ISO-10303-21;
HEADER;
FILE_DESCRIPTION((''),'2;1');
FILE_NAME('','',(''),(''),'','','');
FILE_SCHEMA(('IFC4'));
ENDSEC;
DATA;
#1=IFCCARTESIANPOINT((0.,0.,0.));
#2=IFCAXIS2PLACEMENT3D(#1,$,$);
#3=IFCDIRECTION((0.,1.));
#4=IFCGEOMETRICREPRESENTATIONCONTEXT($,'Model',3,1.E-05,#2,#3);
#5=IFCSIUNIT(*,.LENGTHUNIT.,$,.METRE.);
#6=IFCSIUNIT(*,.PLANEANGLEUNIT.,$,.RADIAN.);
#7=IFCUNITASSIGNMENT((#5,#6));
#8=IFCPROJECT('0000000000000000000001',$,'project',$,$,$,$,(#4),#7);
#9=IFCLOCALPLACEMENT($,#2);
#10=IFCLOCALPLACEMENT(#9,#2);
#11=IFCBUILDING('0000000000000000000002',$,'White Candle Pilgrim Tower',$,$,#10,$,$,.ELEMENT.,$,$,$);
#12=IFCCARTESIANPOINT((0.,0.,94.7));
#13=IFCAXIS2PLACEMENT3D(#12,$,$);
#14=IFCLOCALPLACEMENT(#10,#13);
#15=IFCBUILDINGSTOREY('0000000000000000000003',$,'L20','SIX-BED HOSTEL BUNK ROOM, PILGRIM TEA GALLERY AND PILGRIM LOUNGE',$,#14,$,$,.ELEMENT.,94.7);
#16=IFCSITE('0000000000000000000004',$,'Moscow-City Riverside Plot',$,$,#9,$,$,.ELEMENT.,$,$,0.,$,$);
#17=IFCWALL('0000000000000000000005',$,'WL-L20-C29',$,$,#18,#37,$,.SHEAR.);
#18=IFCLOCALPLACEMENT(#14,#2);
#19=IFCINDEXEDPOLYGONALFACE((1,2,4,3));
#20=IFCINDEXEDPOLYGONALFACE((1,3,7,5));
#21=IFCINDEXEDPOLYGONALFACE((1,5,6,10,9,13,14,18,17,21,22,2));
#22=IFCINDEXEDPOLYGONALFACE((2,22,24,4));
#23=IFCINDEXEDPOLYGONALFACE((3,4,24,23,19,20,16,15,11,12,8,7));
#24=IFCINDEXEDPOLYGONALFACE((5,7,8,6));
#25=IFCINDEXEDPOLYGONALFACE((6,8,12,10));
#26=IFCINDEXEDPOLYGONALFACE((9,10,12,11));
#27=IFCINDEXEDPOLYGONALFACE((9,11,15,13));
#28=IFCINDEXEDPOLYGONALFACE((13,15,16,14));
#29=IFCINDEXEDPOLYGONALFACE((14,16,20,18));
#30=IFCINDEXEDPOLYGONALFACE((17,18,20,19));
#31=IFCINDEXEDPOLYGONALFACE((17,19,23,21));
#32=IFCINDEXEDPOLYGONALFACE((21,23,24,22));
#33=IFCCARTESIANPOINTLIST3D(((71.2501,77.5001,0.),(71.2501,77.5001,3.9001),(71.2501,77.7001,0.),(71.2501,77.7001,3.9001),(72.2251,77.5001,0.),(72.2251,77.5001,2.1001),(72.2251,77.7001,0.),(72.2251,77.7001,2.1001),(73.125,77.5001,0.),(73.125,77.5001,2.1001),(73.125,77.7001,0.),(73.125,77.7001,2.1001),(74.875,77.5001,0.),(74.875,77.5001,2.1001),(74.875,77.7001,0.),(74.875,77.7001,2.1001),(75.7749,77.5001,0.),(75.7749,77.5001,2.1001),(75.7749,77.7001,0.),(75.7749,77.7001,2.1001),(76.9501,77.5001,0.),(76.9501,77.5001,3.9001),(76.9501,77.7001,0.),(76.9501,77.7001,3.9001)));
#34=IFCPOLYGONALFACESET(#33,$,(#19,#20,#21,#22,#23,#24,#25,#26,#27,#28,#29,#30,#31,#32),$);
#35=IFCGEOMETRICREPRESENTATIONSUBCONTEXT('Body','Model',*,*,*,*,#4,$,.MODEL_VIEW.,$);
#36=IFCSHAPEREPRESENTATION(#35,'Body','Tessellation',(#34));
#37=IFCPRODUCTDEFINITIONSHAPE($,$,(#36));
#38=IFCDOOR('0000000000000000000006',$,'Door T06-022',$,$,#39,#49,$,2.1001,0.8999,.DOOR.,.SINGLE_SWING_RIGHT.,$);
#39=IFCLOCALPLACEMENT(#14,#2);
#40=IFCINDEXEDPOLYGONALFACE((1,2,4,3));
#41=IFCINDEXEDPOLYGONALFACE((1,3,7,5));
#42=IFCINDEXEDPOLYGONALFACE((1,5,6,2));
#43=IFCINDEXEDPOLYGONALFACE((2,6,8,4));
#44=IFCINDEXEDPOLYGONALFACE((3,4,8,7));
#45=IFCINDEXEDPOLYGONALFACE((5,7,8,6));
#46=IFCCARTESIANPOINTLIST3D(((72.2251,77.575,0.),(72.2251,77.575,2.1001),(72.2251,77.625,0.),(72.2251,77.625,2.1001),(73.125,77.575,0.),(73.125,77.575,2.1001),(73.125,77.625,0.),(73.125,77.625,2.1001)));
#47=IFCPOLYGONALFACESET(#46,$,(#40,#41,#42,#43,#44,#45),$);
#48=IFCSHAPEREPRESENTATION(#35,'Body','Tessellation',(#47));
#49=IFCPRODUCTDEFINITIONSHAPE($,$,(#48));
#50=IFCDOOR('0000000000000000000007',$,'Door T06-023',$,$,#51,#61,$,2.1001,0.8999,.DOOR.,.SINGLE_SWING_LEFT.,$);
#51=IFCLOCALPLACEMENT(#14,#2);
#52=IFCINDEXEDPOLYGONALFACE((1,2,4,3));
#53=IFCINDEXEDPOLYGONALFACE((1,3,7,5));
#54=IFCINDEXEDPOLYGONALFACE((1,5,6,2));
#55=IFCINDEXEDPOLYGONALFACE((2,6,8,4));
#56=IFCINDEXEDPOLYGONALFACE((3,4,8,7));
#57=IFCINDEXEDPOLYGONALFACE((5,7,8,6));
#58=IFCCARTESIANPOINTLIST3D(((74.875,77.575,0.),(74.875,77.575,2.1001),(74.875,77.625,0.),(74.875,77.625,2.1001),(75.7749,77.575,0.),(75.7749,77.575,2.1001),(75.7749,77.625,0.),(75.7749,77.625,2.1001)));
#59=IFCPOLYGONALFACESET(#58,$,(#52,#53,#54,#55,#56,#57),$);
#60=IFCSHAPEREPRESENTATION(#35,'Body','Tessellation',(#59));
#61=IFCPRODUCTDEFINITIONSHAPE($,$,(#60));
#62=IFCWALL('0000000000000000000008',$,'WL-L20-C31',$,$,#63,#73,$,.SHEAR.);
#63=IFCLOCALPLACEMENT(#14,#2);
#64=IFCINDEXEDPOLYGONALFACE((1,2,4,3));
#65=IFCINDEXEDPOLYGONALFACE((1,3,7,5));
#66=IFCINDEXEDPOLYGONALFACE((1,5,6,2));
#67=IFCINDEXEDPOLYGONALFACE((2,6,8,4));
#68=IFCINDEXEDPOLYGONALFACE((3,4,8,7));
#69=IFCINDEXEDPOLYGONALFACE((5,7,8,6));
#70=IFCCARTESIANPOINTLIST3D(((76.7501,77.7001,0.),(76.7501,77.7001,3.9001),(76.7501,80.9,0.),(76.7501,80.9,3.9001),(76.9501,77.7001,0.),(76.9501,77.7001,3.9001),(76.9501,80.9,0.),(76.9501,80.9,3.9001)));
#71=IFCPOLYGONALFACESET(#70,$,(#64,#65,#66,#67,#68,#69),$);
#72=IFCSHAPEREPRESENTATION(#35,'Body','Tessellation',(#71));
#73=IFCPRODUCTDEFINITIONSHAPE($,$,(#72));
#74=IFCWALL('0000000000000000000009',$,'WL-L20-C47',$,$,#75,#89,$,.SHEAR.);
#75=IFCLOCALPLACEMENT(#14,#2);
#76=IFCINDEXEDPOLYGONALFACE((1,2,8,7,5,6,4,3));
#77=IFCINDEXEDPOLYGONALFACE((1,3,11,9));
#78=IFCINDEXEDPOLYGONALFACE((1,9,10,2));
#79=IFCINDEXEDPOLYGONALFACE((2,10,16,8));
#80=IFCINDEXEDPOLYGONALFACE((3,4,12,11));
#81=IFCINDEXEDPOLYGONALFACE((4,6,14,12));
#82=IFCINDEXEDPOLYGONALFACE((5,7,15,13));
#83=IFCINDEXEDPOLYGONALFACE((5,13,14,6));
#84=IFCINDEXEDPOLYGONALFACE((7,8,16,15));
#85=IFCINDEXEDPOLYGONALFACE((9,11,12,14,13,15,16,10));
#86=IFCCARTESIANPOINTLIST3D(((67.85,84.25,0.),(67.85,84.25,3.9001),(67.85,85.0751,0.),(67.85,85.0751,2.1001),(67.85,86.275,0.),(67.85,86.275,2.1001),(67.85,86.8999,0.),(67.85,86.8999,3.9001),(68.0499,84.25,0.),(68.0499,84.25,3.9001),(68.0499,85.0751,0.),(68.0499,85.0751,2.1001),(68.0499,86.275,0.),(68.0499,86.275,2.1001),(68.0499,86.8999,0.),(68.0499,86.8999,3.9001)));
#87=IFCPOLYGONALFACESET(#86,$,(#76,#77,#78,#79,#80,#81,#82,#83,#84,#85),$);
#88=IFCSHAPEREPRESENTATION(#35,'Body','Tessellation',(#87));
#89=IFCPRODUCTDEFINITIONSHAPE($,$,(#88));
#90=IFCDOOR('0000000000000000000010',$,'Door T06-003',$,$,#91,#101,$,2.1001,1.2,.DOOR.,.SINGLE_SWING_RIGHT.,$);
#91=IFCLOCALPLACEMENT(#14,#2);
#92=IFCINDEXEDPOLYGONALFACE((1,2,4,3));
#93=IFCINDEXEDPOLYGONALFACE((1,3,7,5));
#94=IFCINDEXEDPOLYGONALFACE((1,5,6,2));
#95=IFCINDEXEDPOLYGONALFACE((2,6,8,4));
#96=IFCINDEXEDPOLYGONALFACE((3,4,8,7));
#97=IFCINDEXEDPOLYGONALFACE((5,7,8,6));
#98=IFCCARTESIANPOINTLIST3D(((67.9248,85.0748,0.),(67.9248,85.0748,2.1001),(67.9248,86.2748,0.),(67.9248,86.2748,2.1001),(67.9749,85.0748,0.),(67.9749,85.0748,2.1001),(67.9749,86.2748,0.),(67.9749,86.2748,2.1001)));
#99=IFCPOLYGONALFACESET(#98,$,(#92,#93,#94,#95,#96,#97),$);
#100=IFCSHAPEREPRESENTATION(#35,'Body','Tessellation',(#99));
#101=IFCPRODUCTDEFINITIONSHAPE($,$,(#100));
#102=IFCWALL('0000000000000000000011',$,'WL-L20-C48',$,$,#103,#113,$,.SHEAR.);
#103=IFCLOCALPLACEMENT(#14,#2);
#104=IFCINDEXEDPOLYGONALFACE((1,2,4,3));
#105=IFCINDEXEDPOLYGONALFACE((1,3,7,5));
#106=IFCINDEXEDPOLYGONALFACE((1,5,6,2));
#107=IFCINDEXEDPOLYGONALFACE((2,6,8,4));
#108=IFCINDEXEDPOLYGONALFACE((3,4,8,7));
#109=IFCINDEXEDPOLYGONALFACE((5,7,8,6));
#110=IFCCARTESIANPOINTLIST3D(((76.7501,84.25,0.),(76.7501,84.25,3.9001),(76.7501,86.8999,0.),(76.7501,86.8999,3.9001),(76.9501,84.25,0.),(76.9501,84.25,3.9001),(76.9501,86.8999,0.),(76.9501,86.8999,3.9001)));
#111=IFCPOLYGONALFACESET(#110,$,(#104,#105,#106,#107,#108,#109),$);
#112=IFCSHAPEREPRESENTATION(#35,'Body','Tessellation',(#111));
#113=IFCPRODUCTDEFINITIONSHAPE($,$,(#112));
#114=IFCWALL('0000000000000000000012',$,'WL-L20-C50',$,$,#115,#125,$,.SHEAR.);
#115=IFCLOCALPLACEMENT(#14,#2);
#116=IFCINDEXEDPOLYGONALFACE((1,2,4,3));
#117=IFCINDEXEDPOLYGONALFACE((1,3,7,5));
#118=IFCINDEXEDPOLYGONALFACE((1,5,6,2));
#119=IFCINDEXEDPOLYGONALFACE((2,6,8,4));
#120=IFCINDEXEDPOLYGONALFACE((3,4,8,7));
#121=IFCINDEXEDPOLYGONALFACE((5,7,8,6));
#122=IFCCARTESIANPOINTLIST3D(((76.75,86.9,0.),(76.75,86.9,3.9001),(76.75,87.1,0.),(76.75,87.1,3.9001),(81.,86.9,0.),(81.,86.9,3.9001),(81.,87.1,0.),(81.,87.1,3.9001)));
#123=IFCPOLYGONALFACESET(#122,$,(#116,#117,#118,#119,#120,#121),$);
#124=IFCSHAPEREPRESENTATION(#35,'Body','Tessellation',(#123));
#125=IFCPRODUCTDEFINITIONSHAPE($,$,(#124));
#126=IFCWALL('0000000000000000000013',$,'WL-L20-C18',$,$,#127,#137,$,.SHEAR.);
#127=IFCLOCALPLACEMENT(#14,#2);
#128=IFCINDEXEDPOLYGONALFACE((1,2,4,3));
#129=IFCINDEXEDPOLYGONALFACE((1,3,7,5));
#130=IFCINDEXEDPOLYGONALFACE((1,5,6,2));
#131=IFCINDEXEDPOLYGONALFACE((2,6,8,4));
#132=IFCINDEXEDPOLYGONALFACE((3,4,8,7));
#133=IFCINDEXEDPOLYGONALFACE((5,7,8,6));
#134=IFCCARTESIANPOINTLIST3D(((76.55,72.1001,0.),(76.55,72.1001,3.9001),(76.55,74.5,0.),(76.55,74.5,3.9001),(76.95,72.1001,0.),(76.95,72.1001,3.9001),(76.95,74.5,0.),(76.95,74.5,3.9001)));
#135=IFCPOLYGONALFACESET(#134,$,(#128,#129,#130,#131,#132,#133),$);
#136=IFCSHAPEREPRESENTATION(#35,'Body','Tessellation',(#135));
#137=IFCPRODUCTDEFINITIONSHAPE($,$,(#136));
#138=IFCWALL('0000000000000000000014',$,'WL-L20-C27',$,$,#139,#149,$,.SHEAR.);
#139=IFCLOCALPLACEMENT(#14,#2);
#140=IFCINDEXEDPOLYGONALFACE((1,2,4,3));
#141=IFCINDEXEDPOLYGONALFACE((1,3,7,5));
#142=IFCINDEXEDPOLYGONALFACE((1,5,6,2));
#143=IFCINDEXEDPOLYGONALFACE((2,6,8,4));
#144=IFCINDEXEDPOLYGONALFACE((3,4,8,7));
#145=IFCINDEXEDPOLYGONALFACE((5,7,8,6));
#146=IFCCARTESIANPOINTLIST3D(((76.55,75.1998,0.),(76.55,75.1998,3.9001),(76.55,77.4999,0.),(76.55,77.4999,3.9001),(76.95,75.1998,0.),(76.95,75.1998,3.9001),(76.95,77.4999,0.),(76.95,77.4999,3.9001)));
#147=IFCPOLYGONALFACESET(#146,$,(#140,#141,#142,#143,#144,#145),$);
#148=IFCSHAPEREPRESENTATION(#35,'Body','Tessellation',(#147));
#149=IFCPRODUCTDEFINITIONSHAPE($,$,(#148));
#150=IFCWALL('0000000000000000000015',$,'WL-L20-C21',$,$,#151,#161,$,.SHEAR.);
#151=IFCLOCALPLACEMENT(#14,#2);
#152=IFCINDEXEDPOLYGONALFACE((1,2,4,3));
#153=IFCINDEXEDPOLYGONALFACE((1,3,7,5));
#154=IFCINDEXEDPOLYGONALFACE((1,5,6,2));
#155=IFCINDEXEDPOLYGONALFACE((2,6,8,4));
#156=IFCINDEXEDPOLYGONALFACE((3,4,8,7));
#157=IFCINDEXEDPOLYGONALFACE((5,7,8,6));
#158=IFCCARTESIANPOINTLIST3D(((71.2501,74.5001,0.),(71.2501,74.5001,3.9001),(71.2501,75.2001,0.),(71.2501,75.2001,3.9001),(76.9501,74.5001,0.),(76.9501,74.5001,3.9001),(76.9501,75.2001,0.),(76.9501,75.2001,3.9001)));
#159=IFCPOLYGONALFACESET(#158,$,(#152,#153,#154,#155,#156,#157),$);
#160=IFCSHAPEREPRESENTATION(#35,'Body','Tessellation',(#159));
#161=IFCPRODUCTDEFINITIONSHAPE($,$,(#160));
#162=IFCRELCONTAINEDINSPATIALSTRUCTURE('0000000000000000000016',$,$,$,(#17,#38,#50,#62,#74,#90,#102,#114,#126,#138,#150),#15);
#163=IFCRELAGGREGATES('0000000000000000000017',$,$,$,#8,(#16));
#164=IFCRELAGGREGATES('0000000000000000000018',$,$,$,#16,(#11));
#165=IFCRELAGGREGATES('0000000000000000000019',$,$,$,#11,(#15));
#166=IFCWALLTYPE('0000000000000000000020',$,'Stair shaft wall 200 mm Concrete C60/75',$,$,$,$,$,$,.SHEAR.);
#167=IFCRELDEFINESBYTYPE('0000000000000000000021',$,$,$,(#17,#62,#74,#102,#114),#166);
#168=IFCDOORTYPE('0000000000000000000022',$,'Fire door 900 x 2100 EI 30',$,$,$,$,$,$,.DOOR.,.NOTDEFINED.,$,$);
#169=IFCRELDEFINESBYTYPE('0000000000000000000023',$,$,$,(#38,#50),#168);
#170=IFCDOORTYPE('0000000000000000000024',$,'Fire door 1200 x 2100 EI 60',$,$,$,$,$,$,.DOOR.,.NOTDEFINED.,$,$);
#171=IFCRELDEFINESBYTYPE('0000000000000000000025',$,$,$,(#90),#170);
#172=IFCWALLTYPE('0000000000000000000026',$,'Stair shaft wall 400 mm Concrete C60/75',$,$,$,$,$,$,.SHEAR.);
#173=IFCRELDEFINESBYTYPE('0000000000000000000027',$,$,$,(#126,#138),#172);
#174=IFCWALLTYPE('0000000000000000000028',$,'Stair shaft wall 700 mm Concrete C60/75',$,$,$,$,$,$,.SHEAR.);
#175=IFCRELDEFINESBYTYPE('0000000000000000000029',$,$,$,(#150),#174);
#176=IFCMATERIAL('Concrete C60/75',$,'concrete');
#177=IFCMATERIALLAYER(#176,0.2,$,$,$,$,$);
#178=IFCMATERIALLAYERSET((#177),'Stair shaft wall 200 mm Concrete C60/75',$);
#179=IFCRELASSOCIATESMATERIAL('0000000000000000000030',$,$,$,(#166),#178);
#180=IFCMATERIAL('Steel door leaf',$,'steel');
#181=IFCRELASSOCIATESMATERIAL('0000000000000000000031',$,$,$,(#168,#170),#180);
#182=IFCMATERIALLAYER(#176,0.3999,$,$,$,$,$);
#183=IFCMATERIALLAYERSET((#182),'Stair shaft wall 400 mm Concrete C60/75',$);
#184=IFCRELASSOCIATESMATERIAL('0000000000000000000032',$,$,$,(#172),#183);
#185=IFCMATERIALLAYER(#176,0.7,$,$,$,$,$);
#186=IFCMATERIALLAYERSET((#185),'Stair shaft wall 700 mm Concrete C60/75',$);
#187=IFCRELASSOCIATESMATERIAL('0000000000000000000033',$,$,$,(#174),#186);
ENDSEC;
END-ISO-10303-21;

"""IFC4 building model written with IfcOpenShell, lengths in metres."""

from ifc_helpers import new_model, si_unit, direction, frame, frame_2d, origin, place, context, subcontext, project, spatial, rectangle, extrude, material, layer, layer_set, type_object, element, fill, save


model = new_model("IFC4")

# Units and contexts
model_context = context("Model", 3, precision=1e-05, world=origin(), true_north=direction((0.0, 1.0)))
body_context = subcontext(model_context, "Body", "Model", "MODEL_VIEW")
ifc_project = project(units=[si_unit("LENGTHUNIT", "METRE"), si_unit("PLANEANGLEUNIT", "RADIAN")], contexts=[model_context])

# Site, building, storey
site_placement = place(None, origin())
site = spatial("IfcSite", under=ifc_project, at=site_placement, Name="Moscow-City Riverside Plot", CompositionType="ELEMENT", RefElevation=0.0)
building_placement = place(site_placement, origin())
building = spatial("IfcBuilding", under=site, at=building_placement, Name="White Candle Pilgrim Tower", CompositionType="ELEMENT")
storey_placement = place(building_placement, frame((0.0, 0.0, 94.7)))
storey = spatial("IfcBuildingStorey", under=building, at=storey_placement, Name="L20", Description="SIX-BED HOSTEL BUNK ROOM, PILGRIM TEA GALLERY AND PILGRIM LOUNGE", CompositionType="ELEMENT", Elevation=94.7)

# Shared definitions
ifc_material_1 = material(Name="Concrete C60/75", Category="concrete")

# Wall, openings, doors
ifc_layer_1 = layer(ifc_material_1, 0.2)
ifc_layer_set_1 = layer_set([ifc_layer_1], Name="Stair shaft wall 200 mm Concrete C60/75")
wall_type_1 = type_object("IfcWallType", Name="Stair shaft wall 200 mm Concrete C60/75", PredefinedType="SHEAR", material=ifc_layer_set_1)
wall_1_placement = place(storey_placement, frame((71.25, 77.6001, 0.0), z_axis=(0.0, 0.0, 1.0), x_axis=(1.0, 0.0, 0.0)))
wall_1 = element("IfcWall", 1, at=wall_1_placement, inside=storey, type_object=wall_type_1, Name="WL-L20-C29", PredefinedType="SHEAR", context=body_context, shape_type="SweptSolid", body=[
    extrude(rectangle(XDim=5.7, YDim=0.2, at=frame_2d((2.8501, 0.0))), origin(), (0.0, 0.0, 1.0), 3.9001),
])
opening_1_placement = place(wall_1_placement, frame((0.9751, 0.0, 0.0)))
opening_1 = element("IfcOpeningElement", 2, at=opening_1_placement, cuts=wall_1, PredefinedType="OPENING", context=body_context, shape_type="SweptSolid", body=[
    extrude(rectangle(XDim=0.8999, YDim=2.1001, at=frame_2d((0.45, 1.05))), frame((0.0, 0.1099, 0.0), z_axis=(0.0, -1.0, 0.0), x_axis=(1.0, 0.0, 0.0)), (0.0, 0.0, 1.0), 0.22),
])
opening_2_placement = place(wall_1_placement, frame((3.625, 0.0, 0.0)))
opening_2 = element("IfcOpeningElement", 3, at=opening_2_placement, cuts=wall_1, PredefinedType="OPENING", context=body_context, shape_type="SweptSolid", body=[
    extrude(rectangle(XDim=0.8999, YDim=2.1001, at=frame_2d((0.45, 1.05))), frame((0.0, 0.1099, 0.0), z_axis=(0.0, -1.0, 0.0), x_axis=(1.0, 0.0, 0.0)), (0.0, 0.0, 1.0), 0.22),
])
ifc_material_2 = material(Name="Steel door leaf", Category="steel")
door_type_1 = type_object("IfcDoorType", Name="Fire door 900 x 2100 EI 30", OperationType="NOTDEFINED", PredefinedType="DOOR", material=ifc_material_2)
door_1_placement = place(opening_1_placement, origin())
door_1 = element("IfcDoor", 4, at=door_1_placement, inside=storey, type_object=door_type_1, Name="Door T06-022", OperationType="SINGLE_SWING_RIGHT", OverallHeight=2.1001, OverallWidth=0.8999, PredefinedType="DOOR", context=body_context, shape_type="SweptSolid", body=[
    extrude(rectangle(XDim=0.8999, YDim=2.1001, at=frame_2d((0.45, 1.05))), frame((0.0, 0.0249, 0.0), z_axis=(0.0, -1.0, 0.0), x_axis=(1.0, 0.0, 0.0)), (0.0, 0.0, 1.0), 0.05),
])
fill(opening_1, door_1)
door_2_placement = place(opening_2_placement, origin())
door_2 = element("IfcDoor", 5, at=door_2_placement, inside=storey, type_object=door_type_1, Name="Door T06-023", OperationType="SINGLE_SWING_LEFT", OverallHeight=2.1001, OverallWidth=0.8999, PredefinedType="DOOR", context=body_context, shape_type="SweptSolid", body=[
    extrude(rectangle(XDim=0.8999, YDim=2.1001, at=frame_2d((0.45, 1.05))), frame((0.0, 0.0249, 0.0), z_axis=(0.0, -1.0, 0.0), x_axis=(1.0, 0.0, 0.0)), (0.0, 0.0, 1.0), 0.05),
])
fill(opening_2, door_2)

# Wall
wall_2_placement = place(storey_placement, frame((76.8501, 77.7, 0.0), z_axis=(0.0, 0.0, 1.0), x_axis=(0.0, 1.0, 0.0)))
element("IfcWall", 6, at=wall_2_placement, inside=storey, type_object=wall_type_1, Name="WL-L20-C31", PredefinedType="SHEAR", context=body_context, shape_type="SweptSolid", body=[
    extrude(rectangle(XDim=3.2, YDim=0.2, at=frame_2d((1.6001, 0.0))), origin(), (0.0, 0.0, 1.0), 3.9001),
])

# Wall, opening, door
wall_3_placement = place(storey_placement, frame((67.95, 84.25, 0.0), z_axis=(0.0, 0.0, 1.0), x_axis=(0.0, 1.0, 0.0)))
wall_3 = element("IfcWall", 7, at=wall_3_placement, inside=storey, type_object=wall_type_1, Name="WL-L20-C47", PredefinedType="SHEAR", context=body_context, shape_type="SweptSolid", body=[
    extrude(rectangle(XDim=2.6499, YDim=0.2, at=frame_2d((1.325, 0.0))), origin(), (0.0, 0.0, 1.0), 3.9001),
])
opening_3_placement = place(wall_3_placement, frame((0.825, 0.0, 0.0)))
opening_3 = element("IfcOpeningElement", 8, at=opening_3_placement, cuts=wall_3, PredefinedType="OPENING", context=body_context, shape_type="SweptSolid", body=[
    extrude(rectangle(XDim=1.2, YDim=2.1001, at=frame_2d((0.6001, 1.05))), frame((0.0, 0.1099, 0.0), z_axis=(0.0, -1.0, 0.0), x_axis=(1.0, 0.0, 0.0)), (0.0, 0.0, 1.0), 0.22),
])
door_type_2 = type_object("IfcDoorType", Name="Fire door 1200 x 2100 EI 60", OperationType="NOTDEFINED", PredefinedType="DOOR", material=ifc_material_2)
door_3_placement = place(opening_3_placement, frame((1.2, 0.0, 0.0), z_axis=(0.0, 0.0, 1.0), x_axis=(-1.0, 0.0, 0.0)))
door_3 = element("IfcDoor", 9, at=door_3_placement, inside=storey, type_object=door_type_2, Name="Door T06-003", OperationType="SINGLE_SWING_RIGHT", OverallHeight=2.1001, OverallWidth=1.2, PredefinedType="DOOR", context=body_context, shape_type="SweptSolid", body=[
    extrude(rectangle(XDim=1.2, YDim=2.1001, at=frame_2d((0.6001, 1.05))), frame((0.0, 0.0249, 0.0), z_axis=(0.0, -1.0, 0.0), x_axis=(1.0, 0.0, 0.0)), (0.0, 0.0, 1.0), 0.05),
])
fill(opening_3, door_3)

# Walls
wall_4_placement = place(storey_placement, frame((76.8501, 84.25, 0.0), z_axis=(0.0, 0.0, 1.0), x_axis=(0.0, 1.0, 0.0)))
element("IfcWall", 10, at=wall_4_placement, inside=storey, type_object=wall_type_1, Name="WL-L20-C48", PredefinedType="SHEAR", context=body_context, shape_type="SweptSolid", body=[
    extrude(rectangle(XDim=2.6499, YDim=0.2, at=frame_2d((1.325, 0.0))), origin(), (0.0, 0.0, 1.0), 3.9001),
])
wall_5_placement = place(storey_placement, frame((76.75, 87.0, 0.0), z_axis=(0.0, 0.0, 1.0), x_axis=(1.0, 0.0, 0.0)))
element("IfcWall", 11, at=wall_5_placement, inside=storey, type_object=wall_type_1, Name="WL-L20-C50", PredefinedType="SHEAR", context=body_context, shape_type="SweptSolid", body=[
    extrude(rectangle(XDim=4.25, YDim=0.2, at=frame_2d((2.125, 0.0))), origin(), (0.0, 0.0, 1.0), 3.9001),
])
ifc_layer_2 = layer(ifc_material_1, 0.3999)
ifc_layer_set_2 = layer_set([ifc_layer_2], Name="Stair shaft wall 400 mm Concrete C60/75")
wall_type_2 = type_object("IfcWallType", Name="Stair shaft wall 400 mm Concrete C60/75", PredefinedType="SHEAR", material=ifc_layer_set_2)
wall_6_placement = place(storey_placement, frame((76.75, 72.1001, 0.0), z_axis=(0.0, 0.0, 1.0), x_axis=(0.0, 1.0, 0.0)))
element("IfcWall", 12, at=wall_6_placement, inside=storey, type_object=wall_type_2, Name="WL-L20-C18", PredefinedType="SHEAR", context=body_context, shape_type="SweptSolid", body=[
    extrude(rectangle(XDim=2.3999, YDim=0.3999, at=frame_2d((1.2, 0.0))), origin(), (0.0, 0.0, 1.0), 3.9001),
])
wall_7_placement = place(storey_placement, frame((76.75, 75.2, 0.0), z_axis=(0.0, 0.0, 1.0), x_axis=(0.0, 1.0, 0.0)))
element("IfcWall", 13, at=wall_7_placement, inside=storey, type_object=wall_type_2, Name="WL-L20-C27", PredefinedType="SHEAR", context=body_context, shape_type="SweptSolid", body=[
    extrude(rectangle(XDim=2.3, YDim=0.3999, at=frame_2d((1.1499, 0.0))), origin(), (0.0, 0.0, 1.0), 3.9001),
])
ifc_layer_3 = layer(ifc_material_1, 0.7)
ifc_layer_set_3 = layer_set([ifc_layer_3], Name="Stair shaft wall 700 mm Concrete C60/75")
wall_type_3 = type_object("IfcWallType", Name="Stair shaft wall 700 mm Concrete C60/75", PredefinedType="SHEAR", material=ifc_layer_set_3)
wall_8_placement = place(storey_placement, frame((71.25, 74.8501, 0.0), z_axis=(0.0, 0.0, 1.0), x_axis=(1.0, 0.0, 0.0)))
element("IfcWall", 14, at=wall_8_placement, inside=storey, type_object=wall_type_3, Name="WL-L20-C21", PredefinedType="SHEAR", context=body_context, shape_type="SweptSolid", body=[
    extrude(rectangle(XDim=5.7, YDim=0.7, at=frame_2d((2.8501, 0.0))), origin(), (0.0, 0.0, 1.0), 3.9001),
])

save(model, "model.ifc")
